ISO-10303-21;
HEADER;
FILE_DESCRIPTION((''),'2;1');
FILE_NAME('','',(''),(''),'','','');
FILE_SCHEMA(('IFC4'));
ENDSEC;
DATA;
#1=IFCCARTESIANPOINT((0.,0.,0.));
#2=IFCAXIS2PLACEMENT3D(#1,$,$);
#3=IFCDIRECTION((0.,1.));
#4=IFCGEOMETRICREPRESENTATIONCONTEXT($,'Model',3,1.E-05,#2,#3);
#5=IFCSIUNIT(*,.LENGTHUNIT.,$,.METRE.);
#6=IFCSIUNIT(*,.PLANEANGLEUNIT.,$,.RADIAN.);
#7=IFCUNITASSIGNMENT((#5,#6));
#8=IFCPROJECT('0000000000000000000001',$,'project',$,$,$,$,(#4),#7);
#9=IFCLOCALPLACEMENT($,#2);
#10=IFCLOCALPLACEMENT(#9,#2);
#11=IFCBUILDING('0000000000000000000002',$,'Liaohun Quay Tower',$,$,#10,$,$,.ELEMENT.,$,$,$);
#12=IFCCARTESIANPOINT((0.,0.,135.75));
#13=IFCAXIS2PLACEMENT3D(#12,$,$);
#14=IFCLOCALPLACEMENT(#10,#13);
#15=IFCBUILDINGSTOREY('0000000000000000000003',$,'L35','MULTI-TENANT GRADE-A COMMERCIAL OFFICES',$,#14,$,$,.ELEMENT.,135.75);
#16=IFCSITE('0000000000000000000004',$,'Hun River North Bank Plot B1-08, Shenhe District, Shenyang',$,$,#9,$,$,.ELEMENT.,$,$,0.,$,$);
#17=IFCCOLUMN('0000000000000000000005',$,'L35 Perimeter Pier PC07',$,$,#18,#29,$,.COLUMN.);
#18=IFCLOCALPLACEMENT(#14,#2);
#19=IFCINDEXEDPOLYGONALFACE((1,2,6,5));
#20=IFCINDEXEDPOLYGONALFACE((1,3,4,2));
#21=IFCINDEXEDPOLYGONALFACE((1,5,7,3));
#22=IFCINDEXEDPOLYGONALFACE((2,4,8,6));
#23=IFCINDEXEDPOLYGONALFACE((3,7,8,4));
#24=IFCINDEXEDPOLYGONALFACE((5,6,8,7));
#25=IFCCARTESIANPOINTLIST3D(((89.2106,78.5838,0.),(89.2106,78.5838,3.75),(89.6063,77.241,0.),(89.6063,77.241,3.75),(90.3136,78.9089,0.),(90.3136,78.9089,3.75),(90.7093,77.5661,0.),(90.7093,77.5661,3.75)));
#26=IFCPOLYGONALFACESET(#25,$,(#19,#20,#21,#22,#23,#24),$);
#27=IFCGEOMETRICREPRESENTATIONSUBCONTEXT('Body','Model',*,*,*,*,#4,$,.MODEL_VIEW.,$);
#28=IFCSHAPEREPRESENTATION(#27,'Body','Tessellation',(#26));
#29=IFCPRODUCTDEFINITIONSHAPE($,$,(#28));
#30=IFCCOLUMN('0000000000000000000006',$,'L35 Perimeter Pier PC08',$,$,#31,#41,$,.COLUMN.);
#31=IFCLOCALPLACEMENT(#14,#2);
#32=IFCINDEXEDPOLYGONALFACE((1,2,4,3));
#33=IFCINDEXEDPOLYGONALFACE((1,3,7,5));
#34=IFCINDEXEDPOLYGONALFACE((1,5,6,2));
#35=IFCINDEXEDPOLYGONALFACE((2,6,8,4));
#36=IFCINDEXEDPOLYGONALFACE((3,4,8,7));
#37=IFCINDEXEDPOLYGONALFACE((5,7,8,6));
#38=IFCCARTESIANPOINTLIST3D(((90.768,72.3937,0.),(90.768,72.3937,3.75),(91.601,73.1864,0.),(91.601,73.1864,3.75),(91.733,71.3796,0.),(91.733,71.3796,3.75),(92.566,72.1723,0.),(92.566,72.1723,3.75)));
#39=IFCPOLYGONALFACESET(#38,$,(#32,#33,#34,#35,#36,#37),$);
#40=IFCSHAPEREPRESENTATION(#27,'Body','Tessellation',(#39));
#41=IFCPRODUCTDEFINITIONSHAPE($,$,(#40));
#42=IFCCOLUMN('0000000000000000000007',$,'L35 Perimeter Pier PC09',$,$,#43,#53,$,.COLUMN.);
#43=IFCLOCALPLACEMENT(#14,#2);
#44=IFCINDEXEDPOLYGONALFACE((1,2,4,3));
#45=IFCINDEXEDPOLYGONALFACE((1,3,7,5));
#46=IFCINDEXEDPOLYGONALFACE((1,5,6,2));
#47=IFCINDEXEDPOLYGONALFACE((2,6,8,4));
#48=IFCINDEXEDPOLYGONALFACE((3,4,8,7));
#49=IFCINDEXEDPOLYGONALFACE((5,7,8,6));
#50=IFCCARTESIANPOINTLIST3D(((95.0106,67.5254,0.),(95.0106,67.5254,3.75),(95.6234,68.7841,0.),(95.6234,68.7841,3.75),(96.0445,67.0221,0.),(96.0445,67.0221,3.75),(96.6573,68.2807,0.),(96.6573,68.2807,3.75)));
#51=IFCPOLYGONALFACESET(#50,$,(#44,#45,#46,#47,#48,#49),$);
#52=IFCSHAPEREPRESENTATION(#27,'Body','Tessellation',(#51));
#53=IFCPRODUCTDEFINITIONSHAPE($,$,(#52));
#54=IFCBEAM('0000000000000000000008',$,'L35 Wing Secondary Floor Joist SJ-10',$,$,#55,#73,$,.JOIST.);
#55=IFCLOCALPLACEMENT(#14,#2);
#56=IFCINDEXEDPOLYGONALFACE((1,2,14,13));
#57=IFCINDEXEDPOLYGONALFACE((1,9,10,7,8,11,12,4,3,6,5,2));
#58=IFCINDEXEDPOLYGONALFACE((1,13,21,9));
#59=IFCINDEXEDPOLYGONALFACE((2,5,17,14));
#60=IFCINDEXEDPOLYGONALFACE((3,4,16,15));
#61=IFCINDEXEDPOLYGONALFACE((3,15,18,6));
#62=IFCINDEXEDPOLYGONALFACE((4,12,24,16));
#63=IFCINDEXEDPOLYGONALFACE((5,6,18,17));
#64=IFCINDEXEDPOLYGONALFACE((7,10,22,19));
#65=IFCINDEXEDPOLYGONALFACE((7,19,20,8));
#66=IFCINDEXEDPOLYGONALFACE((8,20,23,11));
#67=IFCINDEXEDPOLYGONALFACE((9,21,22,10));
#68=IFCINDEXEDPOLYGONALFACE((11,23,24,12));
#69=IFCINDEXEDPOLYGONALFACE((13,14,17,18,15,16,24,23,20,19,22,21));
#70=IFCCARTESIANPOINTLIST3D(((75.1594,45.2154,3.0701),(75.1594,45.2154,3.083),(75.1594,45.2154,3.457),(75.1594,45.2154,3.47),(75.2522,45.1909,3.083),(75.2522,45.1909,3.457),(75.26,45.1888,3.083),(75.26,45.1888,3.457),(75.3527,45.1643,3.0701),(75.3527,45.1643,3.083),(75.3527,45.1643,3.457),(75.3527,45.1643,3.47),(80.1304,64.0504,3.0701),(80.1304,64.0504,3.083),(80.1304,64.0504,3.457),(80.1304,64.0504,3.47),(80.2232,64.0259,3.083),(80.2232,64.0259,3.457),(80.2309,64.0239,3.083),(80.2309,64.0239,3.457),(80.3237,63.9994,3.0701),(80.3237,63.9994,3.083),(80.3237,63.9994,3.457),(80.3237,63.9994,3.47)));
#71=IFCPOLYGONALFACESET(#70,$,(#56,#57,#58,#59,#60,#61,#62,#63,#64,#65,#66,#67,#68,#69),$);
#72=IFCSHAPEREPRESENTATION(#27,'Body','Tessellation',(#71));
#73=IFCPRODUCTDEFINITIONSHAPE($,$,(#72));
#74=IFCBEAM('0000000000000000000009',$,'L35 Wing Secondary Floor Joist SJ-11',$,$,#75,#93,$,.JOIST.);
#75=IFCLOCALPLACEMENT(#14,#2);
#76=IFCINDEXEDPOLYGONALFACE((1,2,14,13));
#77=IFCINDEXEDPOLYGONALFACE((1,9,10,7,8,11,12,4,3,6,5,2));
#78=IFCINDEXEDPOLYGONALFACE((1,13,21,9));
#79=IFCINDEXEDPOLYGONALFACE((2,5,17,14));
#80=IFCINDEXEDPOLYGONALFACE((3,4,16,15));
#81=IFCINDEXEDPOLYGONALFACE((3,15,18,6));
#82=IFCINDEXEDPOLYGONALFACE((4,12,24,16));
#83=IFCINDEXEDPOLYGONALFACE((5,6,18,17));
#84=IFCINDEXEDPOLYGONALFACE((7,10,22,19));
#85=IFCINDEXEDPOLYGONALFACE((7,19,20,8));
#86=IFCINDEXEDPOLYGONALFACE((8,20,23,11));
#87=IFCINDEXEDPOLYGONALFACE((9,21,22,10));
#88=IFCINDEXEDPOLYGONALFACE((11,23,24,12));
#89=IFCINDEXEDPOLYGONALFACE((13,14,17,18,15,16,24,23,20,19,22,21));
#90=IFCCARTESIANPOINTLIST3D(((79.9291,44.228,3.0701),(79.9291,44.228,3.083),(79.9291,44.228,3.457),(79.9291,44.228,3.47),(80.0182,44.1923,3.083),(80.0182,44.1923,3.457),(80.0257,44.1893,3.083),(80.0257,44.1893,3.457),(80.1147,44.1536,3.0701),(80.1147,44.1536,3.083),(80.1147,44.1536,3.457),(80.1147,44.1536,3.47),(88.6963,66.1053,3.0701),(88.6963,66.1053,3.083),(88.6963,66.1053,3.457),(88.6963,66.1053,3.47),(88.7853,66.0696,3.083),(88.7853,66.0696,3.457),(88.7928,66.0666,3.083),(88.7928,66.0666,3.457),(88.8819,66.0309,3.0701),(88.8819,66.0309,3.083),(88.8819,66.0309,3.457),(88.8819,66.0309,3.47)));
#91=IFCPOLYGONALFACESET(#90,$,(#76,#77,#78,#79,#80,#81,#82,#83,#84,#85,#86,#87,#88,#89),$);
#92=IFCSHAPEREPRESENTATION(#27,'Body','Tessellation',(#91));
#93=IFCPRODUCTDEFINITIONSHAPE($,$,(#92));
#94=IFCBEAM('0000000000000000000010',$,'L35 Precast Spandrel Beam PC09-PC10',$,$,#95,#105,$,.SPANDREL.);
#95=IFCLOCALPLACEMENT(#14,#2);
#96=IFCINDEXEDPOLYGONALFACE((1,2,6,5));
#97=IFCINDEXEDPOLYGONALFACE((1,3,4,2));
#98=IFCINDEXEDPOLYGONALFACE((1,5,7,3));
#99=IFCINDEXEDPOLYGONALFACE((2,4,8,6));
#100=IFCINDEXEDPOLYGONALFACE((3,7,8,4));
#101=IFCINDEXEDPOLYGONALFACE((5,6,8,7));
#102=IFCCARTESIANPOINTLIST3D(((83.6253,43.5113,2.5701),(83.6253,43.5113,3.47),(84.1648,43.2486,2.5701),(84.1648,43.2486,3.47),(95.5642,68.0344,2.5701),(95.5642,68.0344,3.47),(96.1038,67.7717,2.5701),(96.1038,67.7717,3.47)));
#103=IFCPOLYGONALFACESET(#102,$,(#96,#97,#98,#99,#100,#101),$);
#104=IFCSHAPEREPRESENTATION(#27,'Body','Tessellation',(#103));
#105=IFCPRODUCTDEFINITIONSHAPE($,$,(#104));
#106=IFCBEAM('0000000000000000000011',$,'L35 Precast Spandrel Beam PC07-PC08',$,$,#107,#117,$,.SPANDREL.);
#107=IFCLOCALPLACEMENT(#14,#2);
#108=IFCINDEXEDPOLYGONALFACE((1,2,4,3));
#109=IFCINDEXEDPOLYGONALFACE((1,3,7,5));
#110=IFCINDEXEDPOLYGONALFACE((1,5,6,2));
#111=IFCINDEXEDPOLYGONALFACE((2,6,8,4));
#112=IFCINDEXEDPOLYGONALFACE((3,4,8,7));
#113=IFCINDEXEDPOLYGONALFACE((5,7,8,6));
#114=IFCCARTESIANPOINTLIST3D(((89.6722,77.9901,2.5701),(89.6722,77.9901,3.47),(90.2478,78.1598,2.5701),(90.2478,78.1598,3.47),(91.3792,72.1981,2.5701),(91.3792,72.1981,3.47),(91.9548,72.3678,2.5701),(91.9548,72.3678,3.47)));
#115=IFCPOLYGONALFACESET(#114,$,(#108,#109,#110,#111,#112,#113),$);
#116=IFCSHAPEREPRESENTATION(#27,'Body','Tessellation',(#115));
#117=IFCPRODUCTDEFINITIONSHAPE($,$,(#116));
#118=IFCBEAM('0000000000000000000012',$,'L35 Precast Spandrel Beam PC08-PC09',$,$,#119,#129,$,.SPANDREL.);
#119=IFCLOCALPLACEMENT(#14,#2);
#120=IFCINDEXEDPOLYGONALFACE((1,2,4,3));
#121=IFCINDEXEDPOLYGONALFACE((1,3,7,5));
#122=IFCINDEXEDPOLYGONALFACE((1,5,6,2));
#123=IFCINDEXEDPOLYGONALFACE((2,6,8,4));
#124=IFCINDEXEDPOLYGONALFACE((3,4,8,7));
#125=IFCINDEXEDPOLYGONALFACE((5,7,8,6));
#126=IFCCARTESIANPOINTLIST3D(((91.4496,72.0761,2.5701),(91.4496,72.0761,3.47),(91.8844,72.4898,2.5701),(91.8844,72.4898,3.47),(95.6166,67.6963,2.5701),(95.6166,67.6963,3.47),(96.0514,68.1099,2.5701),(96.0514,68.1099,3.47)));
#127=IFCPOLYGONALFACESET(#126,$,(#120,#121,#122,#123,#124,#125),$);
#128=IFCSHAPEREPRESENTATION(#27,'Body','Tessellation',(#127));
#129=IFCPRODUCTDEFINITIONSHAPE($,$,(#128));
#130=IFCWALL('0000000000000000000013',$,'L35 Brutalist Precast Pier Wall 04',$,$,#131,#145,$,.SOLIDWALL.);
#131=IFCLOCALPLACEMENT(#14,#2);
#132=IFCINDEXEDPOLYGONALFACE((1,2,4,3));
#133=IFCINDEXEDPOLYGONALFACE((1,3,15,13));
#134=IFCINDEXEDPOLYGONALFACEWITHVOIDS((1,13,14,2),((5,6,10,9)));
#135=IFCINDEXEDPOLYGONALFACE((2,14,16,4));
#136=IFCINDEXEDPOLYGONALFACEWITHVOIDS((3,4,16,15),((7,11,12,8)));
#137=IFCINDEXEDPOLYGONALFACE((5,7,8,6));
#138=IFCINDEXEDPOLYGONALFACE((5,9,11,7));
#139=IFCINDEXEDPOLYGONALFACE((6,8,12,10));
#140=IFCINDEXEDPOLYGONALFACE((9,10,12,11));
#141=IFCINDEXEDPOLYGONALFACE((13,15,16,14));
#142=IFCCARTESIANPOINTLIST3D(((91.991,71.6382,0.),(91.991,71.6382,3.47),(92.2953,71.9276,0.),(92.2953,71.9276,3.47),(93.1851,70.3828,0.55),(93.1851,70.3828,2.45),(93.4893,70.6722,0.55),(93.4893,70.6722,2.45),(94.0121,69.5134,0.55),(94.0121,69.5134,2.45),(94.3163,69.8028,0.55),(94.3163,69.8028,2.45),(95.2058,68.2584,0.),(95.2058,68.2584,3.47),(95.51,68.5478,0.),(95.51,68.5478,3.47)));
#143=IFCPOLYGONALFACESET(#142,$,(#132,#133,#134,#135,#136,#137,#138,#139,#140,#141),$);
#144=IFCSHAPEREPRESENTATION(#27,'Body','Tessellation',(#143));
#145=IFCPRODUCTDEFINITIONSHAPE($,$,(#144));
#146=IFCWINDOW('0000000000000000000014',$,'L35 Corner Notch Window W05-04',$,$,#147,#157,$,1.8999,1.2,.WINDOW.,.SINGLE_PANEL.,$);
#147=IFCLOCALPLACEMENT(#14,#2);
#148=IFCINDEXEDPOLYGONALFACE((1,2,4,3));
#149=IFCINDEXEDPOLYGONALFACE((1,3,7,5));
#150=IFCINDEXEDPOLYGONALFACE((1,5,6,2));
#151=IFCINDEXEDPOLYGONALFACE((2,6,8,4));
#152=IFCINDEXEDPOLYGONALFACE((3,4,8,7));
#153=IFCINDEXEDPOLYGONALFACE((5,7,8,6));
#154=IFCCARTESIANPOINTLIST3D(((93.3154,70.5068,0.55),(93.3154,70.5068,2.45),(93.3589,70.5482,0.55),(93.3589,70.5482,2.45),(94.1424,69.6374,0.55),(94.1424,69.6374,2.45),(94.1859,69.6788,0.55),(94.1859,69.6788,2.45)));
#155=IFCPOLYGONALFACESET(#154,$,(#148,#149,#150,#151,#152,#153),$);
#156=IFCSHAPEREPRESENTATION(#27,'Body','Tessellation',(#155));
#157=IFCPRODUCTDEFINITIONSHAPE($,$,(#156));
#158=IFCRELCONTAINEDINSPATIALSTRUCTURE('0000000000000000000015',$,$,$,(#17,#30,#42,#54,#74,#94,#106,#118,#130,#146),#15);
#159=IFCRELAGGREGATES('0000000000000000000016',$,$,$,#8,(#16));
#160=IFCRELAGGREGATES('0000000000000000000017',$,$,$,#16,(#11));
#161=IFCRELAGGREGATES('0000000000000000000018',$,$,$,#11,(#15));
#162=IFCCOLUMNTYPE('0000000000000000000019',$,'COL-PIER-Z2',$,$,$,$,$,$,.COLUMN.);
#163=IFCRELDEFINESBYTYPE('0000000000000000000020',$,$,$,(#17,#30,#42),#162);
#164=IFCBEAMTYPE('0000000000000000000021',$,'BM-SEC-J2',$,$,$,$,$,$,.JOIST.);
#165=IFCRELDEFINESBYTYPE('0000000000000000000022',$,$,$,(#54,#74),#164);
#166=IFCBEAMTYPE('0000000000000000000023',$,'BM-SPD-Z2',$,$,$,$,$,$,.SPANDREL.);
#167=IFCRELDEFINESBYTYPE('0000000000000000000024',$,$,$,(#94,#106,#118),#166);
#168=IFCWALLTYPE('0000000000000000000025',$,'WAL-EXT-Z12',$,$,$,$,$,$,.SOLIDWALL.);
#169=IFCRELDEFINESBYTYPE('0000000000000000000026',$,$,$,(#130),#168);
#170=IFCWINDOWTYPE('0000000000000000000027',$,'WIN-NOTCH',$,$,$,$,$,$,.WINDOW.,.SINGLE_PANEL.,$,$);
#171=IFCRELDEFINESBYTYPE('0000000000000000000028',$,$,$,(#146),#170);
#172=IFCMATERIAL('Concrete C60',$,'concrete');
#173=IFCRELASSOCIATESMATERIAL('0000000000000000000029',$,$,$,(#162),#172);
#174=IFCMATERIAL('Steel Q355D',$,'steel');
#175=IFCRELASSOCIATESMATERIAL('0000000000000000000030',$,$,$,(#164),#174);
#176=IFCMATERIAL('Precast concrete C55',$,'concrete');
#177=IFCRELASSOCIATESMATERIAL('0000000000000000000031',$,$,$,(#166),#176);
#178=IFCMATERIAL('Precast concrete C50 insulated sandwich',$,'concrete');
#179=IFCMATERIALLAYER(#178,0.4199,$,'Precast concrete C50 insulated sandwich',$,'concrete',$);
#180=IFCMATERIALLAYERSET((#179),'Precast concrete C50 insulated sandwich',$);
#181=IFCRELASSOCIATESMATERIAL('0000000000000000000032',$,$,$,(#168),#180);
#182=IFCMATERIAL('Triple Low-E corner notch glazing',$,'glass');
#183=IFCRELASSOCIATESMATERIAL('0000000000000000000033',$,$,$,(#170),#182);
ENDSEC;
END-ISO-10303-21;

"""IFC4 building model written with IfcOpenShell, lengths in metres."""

from ifc_helpers import new_model, si_unit, direction, frame, frame_2d, origin, origin_2d, place, context, subcontext, project, spatial, rectangle, i_section, extrude, source, transform, mapped, material, layer, layer_set, material_profile, profile_set, type_object, element, fill, save


model = new_model("IFC4")

# Units and contexts
model_context = context("Model", 3, precision=1e-05, world=origin(), true_north=direction((0.0, 1.0)))
body_context = subcontext(model_context, "Body", "Model", "MODEL_VIEW")
ifc_project = project(units=[si_unit("LENGTHUNIT", "METRE"), si_unit("PLANEANGLEUNIT", "RADIAN")], contexts=[model_context])

# Site, building, storey
site_placement = place(None, origin())
site = spatial("IfcSite", under=ifc_project, at=site_placement, Name="Hun River North Bank Plot B1-08, Shenhe District, Shenyang", CompositionType="ELEMENT", RefElevation=0.0)
building_placement = place(site_placement, origin())
building = spatial("IfcBuilding", under=site, at=building_placement, Name="Liaohun Quay Tower", CompositionType="ELEMENT")
storey_placement = place(building_placement, frame((0.0, 0.0, 135.75)))
storey = spatial("IfcBuildingStorey", under=building, at=storey_placement, Name="L35", Description="MULTI-TENANT GRADE-A COMMERCIAL OFFICES", CompositionType="ELEMENT", Elevation=135.75)

# Columns
ifc_material_1 = material(Name="Concrete C60", Category="concrete")
ifc_material_profile_1 = material_profile(ifc_material_1, rectangle(XDim=1.3999, YDim=1.1499, at=origin_2d()), Name="RC1400x1150")
ifc_profile_set_1 = profile_set([ifc_material_profile_1], Name="Concrete C60")
column_type = type_object("IfcColumnType", Name="COL-PIER-Z2", PredefinedType="COLUMN", material=ifc_profile_set_1)
shared_shape_1 = source(origin(), body_context, "Body", "SweptSolid", [
    extrude(rectangle(XDim=1.3999, YDim=1.1499, at=origin_2d()), origin(), (0.0, 0.0, 1.0), 3.75),
])
for number, where, z_axis, x_axis, name in (
    (1, (89.96, 78.075, 0.0), (0.0, 0.0, 1.0), (-0.282676, 0.959215, 0.0), "L35 Perimeter Pier PC07"),
    (2, (91.667, 72.283, 0.0), (0.0, 0.0, 1.0), (-0.689367, 0.724413, 0.0), "L35 Perimeter Pier PC08"),
    (3, (95.834, 67.9031, 0.0), (0.0, 0.0, 1.0), (0.437744, 0.8991, 0.0), "L35 Perimeter Pier PC09"),
):
    element("IfcColumn", number, at=place(storey_placement, frame(where, z_axis=z_axis, x_axis=x_axis)), inside=storey, type_object=column_type, Name=name, PredefinedType="COLUMN", context=body_context, shape_type="MappedRepresentation", body=[
        mapped(shared_shape_1, transform((0.0, 0.0, 0.0), x_axis=(1.0, 0.0, 0.0), y_axis=(0.0, 1.0, 0.0), z_axis=(0.0, 0.0, 1.0), scale=1.0)),
    ])

# Beams
ifc_material_2 = material(Name="Steel Q355D", Category="steel")
ifc_material_profile_2 = material_profile(ifc_material_2, i_section(OverallWidth=0.2, OverallDepth=0.3999, WebThickness=0.0081, FlangeThickness=0.0129, at=origin_2d()), Name="HN400x200x8x13")
ifc_profile_set_2 = profile_set([ifc_material_profile_2], Name="Steel Q355D")
beam_type_1 = type_object("IfcBeamType", Name="BM-SEC-J2", PredefinedType="JOIST", material=ifc_profile_set_2)
shared_shape_2 = source(origin(), body_context, "Body", "SweptSolid", [
    extrude(i_section(OverallWidth=0.2, OverallDepth=0.3999, WebThickness=0.0081, FlangeThickness=0.0129, at=origin_2d()), origin(), (0.0, 0.0, 1.0), 19.48),
])
beam_1_placement = place(storey_placement, frame((80.2271, 64.0249, 3.27), z_axis=(-0.255184, -0.966893, 0.0), x_axis=(0.966893, -0.255184, 0.0)))
element("IfcBeam", 4, at=beam_1_placement, inside=storey, type_object=beam_type_1, Name="L35 Wing Secondary Floor Joist SJ-10", PredefinedType="JOIST", context=body_context, shape_type="MappedRepresentation", body=[
    mapped(shared_shape_2, transform((0.0, 0.0, 0.0), x_axis=(1.0, 0.0, 0.0), y_axis=(0.0, 1.0, 0.0), z_axis=(0.0, 0.0, 1.0), scale=1.0)),
])
shared_shape_3 = source(origin(), body_context, "Body", "SweptSolid", [
    extrude(i_section(OverallWidth=0.2, OverallDepth=0.3999, WebThickness=0.0081, FlangeThickness=0.0129, at=origin_2d()), origin(), (0.0, 0.0, 1.0), 23.5686),
])
beam_2_placement = place(storey_placement, frame((88.7891, 66.0681, 3.27), z_axis=(-0.371984, -0.928239, 0.0), x_axis=(0.928239, -0.371984, 0.0)))
element("IfcBeam", 5, at=beam_2_placement, inside=storey, type_object=beam_type_1, Name="L35 Wing Secondary Floor Joist SJ-11", PredefinedType="JOIST", context=body_context, shape_type="MappedRepresentation", body=[
    mapped(shared_shape_3, transform((0.0, 0.0, 0.0), x_axis=(1.0, 0.0, 0.0), y_axis=(0.0, 1.0, 0.0), z_axis=(0.0, 0.0, 1.0), scale=1.0)),
])
ifc_material_3 = material(Name="Precast concrete C55", Category="concrete")
ifc_material_profile_3 = material_profile(ifc_material_3, rectangle(XDim=0.6001, YDim=0.8999, at=origin_2d()), Name="RC600x900")
ifc_profile_set_3 = profile_set([ifc_material_profile_3], Name="Precast concrete C55")
beam_type_2 = type_object("IfcBeamType", Name="BM-SPD-Z2", PredefinedType="SPANDREL", material=ifc_profile_set_3)
shared_shape_4 = source(origin(), body_context, "Body", "SweptSolid", [
    extrude(rectangle(XDim=0.6001, YDim=0.8999, at=origin_2d()), origin(), (0.0, 0.0, 1.0), 27.2749),
])
beam_3_placement = place(storey_placement, frame((95.834, 67.9031, 3.02), z_axis=(-0.437725, -0.899109, 0.0), x_axis=(0.899109, -0.437725, 0.0)))
element("IfcBeam", 6, at=beam_3_placement, inside=storey, type_object=beam_type_2, Name="L35 Precast Spandrel Beam PC09-PC10", PredefinedType="SPANDREL", context=body_context, shape_type="MappedRepresentation", body=[
    mapped(shared_shape_4, transform((0.0, 0.0, 0.0), x_axis=(1.0, 0.0, 0.0), y_axis=(0.0, 1.0, 0.0), z_axis=(0.0, 0.0, 1.0), scale=1.0)),
])
shared_shape_5 = source(origin(), body_context, "Body", "SweptSolid", [
    extrude(rectangle(XDim=0.6001, YDim=0.8999, at=origin_2d()), origin(), (0.0, 0.0, 1.0), 6.0383),
])
beam_4_placement = place(storey_placement, frame((89.96, 78.075, 3.02), z_axis=(0.2827, -0.959208, 0.0), x_axis=(0.959208, 0.2827, 0.0)))
element("IfcBeam", 7, at=beam_4_placement, inside=storey, type_object=beam_type_2, Name="L35 Precast Spandrel Beam PC07-PC08", PredefinedType="SPANDREL", context=body_context, shape_type="MappedRepresentation", body=[
    mapped(shared_shape_5, transform((0.0, 0.0, 0.0), x_axis=(1.0, 0.0, 0.0), y_axis=(0.0, 1.0, 0.0), z_axis=(0.0, 0.0, 1.0), scale=1.0)),
])
shared_shape_6 = source(origin(), body_context, "Body", "SweptSolid", [
    extrude(rectangle(XDim=0.6001, YDim=0.8999, at=origin_2d()), origin(), (0.0, 0.0, 1.0), 6.0454),
])
beam_5_placement = place(storey_placement, frame((91.667, 72.283, 3.02), z_axis=(0.68928, -0.724495, 0.0), x_axis=(0.724495, 0.68928, 0.0)))
element("IfcBeam", 8, at=beam_5_placement, inside=storey, type_object=beam_type_2, Name="L35 Precast Spandrel Beam PC08-PC09", PredefinedType="SPANDREL", context=body_context, shape_type="MappedRepresentation", body=[
    mapped(shared_shape_6, transform((0.0, 0.0, 0.0), x_axis=(1.0, 0.0, 0.0), y_axis=(0.0, 1.0, 0.0), z_axis=(0.0, 0.0, 1.0), scale=1.0)),
])

# Wall, opening, window
ifc_material_4 = material(Name="Precast concrete C50 insulated sandwich", Category="concrete")
ifc_layer_1 = layer(ifc_material_4, 0.4199, Name="Precast concrete C50 insulated sandwich", Category="concrete")
ifc_layer_set_1 = layer_set([ifc_layer_1], Name="Precast concrete C50 insulated sandwich")
wall_type_1 = type_object("IfcWallType", Name="WAL-EXT-Z12", PredefinedType="SOLIDWALL", material=ifc_layer_set_1)
wall_1_placement = place(storey_placement, frame((95.3579, 68.4031, 0.0), z_axis=(0.0, 0.0, 1.0), x_axis=(-0.689195, 0.724576, 0.0)))
wall_1 = element("IfcWall", 9, at=wall_1_placement, inside=storey, type_object=wall_type_1, Name="L35 Brutalist Precast Pier Wall 04", PredefinedType="SOLIDWALL", context=body_context, shape_type="SweptSolid", body=[
    extrude(rectangle(XDim=4.6646, YDim=0.4199, at=frame_2d((2.3323, 0.0))), origin(), (0.0, 0.0, 1.0), 3.47),
])
shared_shape_7 = source(origin(), body_context, "Body", "SweptSolid", [
    extrude(rectangle(XDim=1.2, YDim=1.8999, at=frame_2d((0.6001, 0.95))), frame((0.0, 0.22, 0.0), z_axis=(0.0, -1.0, 0.0), x_axis=(1.0, 0.0, 0.0)), (0.0, 0.0, 1.0), 0.4399),
])
opening_1_placement = place(wall_1_placement, frame((1.7319, 0.0, 0.55)))
opening_1 = element("IfcOpeningElement", 10, at=opening_1_placement, cuts=wall_1, PredefinedType="OPENING", context=body_context, shape_type="MappedRepresentation", body=[
    mapped(shared_shape_7, transform((0.0, 0.0, 0.0), x_axis=(1.0, 0.0, 0.0), y_axis=(0.0, 1.0, 0.0), z_axis=(0.0, 0.0, 1.0), scale=1.0)),
])
ifc_material_5 = material(Name="Triple Low-E corner notch glazing", Category="glass")
window_type_1 = type_object("IfcWindowType", Name="WIN-NOTCH", PartitioningType="SINGLE_PANEL", PredefinedType="WINDOW", material=ifc_material_5)
shared_shape_8 = source(origin(), body_context, "Body", "SweptSolid", [
    extrude(rectangle(XDim=1.2, YDim=1.8999, at=frame_2d((0.6001, 0.95))), frame((0.0, 0.03, 0.0), z_axis=(0.0, -1.0, 0.0), x_axis=(1.0, 0.0, 0.0)), (0.0, 0.0, 1.0), 0.0601),
])
window_1_placement = place(opening_1_placement, origin())
window_1 = element("IfcWindow", 11, at=window_1_placement, inside=storey, type_object=window_type_1, Name="L35 Corner Notch Window W05-04", OverallHeight=1.8999, OverallWidth=1.2, PartitioningType="SINGLE_PANEL", PredefinedType="WINDOW", context=body_context, shape_type="MappedRepresentation", body=[
    mapped(shared_shape_8, transform((0.0, 0.0, 0.0), x_axis=(1.0, 0.0, 0.0), y_axis=(0.0, 1.0, 0.0), z_axis=(0.0, 0.0, 1.0), scale=1.0)),
])
fill(opening_1, window_1)

save(model, "model.ifc")
